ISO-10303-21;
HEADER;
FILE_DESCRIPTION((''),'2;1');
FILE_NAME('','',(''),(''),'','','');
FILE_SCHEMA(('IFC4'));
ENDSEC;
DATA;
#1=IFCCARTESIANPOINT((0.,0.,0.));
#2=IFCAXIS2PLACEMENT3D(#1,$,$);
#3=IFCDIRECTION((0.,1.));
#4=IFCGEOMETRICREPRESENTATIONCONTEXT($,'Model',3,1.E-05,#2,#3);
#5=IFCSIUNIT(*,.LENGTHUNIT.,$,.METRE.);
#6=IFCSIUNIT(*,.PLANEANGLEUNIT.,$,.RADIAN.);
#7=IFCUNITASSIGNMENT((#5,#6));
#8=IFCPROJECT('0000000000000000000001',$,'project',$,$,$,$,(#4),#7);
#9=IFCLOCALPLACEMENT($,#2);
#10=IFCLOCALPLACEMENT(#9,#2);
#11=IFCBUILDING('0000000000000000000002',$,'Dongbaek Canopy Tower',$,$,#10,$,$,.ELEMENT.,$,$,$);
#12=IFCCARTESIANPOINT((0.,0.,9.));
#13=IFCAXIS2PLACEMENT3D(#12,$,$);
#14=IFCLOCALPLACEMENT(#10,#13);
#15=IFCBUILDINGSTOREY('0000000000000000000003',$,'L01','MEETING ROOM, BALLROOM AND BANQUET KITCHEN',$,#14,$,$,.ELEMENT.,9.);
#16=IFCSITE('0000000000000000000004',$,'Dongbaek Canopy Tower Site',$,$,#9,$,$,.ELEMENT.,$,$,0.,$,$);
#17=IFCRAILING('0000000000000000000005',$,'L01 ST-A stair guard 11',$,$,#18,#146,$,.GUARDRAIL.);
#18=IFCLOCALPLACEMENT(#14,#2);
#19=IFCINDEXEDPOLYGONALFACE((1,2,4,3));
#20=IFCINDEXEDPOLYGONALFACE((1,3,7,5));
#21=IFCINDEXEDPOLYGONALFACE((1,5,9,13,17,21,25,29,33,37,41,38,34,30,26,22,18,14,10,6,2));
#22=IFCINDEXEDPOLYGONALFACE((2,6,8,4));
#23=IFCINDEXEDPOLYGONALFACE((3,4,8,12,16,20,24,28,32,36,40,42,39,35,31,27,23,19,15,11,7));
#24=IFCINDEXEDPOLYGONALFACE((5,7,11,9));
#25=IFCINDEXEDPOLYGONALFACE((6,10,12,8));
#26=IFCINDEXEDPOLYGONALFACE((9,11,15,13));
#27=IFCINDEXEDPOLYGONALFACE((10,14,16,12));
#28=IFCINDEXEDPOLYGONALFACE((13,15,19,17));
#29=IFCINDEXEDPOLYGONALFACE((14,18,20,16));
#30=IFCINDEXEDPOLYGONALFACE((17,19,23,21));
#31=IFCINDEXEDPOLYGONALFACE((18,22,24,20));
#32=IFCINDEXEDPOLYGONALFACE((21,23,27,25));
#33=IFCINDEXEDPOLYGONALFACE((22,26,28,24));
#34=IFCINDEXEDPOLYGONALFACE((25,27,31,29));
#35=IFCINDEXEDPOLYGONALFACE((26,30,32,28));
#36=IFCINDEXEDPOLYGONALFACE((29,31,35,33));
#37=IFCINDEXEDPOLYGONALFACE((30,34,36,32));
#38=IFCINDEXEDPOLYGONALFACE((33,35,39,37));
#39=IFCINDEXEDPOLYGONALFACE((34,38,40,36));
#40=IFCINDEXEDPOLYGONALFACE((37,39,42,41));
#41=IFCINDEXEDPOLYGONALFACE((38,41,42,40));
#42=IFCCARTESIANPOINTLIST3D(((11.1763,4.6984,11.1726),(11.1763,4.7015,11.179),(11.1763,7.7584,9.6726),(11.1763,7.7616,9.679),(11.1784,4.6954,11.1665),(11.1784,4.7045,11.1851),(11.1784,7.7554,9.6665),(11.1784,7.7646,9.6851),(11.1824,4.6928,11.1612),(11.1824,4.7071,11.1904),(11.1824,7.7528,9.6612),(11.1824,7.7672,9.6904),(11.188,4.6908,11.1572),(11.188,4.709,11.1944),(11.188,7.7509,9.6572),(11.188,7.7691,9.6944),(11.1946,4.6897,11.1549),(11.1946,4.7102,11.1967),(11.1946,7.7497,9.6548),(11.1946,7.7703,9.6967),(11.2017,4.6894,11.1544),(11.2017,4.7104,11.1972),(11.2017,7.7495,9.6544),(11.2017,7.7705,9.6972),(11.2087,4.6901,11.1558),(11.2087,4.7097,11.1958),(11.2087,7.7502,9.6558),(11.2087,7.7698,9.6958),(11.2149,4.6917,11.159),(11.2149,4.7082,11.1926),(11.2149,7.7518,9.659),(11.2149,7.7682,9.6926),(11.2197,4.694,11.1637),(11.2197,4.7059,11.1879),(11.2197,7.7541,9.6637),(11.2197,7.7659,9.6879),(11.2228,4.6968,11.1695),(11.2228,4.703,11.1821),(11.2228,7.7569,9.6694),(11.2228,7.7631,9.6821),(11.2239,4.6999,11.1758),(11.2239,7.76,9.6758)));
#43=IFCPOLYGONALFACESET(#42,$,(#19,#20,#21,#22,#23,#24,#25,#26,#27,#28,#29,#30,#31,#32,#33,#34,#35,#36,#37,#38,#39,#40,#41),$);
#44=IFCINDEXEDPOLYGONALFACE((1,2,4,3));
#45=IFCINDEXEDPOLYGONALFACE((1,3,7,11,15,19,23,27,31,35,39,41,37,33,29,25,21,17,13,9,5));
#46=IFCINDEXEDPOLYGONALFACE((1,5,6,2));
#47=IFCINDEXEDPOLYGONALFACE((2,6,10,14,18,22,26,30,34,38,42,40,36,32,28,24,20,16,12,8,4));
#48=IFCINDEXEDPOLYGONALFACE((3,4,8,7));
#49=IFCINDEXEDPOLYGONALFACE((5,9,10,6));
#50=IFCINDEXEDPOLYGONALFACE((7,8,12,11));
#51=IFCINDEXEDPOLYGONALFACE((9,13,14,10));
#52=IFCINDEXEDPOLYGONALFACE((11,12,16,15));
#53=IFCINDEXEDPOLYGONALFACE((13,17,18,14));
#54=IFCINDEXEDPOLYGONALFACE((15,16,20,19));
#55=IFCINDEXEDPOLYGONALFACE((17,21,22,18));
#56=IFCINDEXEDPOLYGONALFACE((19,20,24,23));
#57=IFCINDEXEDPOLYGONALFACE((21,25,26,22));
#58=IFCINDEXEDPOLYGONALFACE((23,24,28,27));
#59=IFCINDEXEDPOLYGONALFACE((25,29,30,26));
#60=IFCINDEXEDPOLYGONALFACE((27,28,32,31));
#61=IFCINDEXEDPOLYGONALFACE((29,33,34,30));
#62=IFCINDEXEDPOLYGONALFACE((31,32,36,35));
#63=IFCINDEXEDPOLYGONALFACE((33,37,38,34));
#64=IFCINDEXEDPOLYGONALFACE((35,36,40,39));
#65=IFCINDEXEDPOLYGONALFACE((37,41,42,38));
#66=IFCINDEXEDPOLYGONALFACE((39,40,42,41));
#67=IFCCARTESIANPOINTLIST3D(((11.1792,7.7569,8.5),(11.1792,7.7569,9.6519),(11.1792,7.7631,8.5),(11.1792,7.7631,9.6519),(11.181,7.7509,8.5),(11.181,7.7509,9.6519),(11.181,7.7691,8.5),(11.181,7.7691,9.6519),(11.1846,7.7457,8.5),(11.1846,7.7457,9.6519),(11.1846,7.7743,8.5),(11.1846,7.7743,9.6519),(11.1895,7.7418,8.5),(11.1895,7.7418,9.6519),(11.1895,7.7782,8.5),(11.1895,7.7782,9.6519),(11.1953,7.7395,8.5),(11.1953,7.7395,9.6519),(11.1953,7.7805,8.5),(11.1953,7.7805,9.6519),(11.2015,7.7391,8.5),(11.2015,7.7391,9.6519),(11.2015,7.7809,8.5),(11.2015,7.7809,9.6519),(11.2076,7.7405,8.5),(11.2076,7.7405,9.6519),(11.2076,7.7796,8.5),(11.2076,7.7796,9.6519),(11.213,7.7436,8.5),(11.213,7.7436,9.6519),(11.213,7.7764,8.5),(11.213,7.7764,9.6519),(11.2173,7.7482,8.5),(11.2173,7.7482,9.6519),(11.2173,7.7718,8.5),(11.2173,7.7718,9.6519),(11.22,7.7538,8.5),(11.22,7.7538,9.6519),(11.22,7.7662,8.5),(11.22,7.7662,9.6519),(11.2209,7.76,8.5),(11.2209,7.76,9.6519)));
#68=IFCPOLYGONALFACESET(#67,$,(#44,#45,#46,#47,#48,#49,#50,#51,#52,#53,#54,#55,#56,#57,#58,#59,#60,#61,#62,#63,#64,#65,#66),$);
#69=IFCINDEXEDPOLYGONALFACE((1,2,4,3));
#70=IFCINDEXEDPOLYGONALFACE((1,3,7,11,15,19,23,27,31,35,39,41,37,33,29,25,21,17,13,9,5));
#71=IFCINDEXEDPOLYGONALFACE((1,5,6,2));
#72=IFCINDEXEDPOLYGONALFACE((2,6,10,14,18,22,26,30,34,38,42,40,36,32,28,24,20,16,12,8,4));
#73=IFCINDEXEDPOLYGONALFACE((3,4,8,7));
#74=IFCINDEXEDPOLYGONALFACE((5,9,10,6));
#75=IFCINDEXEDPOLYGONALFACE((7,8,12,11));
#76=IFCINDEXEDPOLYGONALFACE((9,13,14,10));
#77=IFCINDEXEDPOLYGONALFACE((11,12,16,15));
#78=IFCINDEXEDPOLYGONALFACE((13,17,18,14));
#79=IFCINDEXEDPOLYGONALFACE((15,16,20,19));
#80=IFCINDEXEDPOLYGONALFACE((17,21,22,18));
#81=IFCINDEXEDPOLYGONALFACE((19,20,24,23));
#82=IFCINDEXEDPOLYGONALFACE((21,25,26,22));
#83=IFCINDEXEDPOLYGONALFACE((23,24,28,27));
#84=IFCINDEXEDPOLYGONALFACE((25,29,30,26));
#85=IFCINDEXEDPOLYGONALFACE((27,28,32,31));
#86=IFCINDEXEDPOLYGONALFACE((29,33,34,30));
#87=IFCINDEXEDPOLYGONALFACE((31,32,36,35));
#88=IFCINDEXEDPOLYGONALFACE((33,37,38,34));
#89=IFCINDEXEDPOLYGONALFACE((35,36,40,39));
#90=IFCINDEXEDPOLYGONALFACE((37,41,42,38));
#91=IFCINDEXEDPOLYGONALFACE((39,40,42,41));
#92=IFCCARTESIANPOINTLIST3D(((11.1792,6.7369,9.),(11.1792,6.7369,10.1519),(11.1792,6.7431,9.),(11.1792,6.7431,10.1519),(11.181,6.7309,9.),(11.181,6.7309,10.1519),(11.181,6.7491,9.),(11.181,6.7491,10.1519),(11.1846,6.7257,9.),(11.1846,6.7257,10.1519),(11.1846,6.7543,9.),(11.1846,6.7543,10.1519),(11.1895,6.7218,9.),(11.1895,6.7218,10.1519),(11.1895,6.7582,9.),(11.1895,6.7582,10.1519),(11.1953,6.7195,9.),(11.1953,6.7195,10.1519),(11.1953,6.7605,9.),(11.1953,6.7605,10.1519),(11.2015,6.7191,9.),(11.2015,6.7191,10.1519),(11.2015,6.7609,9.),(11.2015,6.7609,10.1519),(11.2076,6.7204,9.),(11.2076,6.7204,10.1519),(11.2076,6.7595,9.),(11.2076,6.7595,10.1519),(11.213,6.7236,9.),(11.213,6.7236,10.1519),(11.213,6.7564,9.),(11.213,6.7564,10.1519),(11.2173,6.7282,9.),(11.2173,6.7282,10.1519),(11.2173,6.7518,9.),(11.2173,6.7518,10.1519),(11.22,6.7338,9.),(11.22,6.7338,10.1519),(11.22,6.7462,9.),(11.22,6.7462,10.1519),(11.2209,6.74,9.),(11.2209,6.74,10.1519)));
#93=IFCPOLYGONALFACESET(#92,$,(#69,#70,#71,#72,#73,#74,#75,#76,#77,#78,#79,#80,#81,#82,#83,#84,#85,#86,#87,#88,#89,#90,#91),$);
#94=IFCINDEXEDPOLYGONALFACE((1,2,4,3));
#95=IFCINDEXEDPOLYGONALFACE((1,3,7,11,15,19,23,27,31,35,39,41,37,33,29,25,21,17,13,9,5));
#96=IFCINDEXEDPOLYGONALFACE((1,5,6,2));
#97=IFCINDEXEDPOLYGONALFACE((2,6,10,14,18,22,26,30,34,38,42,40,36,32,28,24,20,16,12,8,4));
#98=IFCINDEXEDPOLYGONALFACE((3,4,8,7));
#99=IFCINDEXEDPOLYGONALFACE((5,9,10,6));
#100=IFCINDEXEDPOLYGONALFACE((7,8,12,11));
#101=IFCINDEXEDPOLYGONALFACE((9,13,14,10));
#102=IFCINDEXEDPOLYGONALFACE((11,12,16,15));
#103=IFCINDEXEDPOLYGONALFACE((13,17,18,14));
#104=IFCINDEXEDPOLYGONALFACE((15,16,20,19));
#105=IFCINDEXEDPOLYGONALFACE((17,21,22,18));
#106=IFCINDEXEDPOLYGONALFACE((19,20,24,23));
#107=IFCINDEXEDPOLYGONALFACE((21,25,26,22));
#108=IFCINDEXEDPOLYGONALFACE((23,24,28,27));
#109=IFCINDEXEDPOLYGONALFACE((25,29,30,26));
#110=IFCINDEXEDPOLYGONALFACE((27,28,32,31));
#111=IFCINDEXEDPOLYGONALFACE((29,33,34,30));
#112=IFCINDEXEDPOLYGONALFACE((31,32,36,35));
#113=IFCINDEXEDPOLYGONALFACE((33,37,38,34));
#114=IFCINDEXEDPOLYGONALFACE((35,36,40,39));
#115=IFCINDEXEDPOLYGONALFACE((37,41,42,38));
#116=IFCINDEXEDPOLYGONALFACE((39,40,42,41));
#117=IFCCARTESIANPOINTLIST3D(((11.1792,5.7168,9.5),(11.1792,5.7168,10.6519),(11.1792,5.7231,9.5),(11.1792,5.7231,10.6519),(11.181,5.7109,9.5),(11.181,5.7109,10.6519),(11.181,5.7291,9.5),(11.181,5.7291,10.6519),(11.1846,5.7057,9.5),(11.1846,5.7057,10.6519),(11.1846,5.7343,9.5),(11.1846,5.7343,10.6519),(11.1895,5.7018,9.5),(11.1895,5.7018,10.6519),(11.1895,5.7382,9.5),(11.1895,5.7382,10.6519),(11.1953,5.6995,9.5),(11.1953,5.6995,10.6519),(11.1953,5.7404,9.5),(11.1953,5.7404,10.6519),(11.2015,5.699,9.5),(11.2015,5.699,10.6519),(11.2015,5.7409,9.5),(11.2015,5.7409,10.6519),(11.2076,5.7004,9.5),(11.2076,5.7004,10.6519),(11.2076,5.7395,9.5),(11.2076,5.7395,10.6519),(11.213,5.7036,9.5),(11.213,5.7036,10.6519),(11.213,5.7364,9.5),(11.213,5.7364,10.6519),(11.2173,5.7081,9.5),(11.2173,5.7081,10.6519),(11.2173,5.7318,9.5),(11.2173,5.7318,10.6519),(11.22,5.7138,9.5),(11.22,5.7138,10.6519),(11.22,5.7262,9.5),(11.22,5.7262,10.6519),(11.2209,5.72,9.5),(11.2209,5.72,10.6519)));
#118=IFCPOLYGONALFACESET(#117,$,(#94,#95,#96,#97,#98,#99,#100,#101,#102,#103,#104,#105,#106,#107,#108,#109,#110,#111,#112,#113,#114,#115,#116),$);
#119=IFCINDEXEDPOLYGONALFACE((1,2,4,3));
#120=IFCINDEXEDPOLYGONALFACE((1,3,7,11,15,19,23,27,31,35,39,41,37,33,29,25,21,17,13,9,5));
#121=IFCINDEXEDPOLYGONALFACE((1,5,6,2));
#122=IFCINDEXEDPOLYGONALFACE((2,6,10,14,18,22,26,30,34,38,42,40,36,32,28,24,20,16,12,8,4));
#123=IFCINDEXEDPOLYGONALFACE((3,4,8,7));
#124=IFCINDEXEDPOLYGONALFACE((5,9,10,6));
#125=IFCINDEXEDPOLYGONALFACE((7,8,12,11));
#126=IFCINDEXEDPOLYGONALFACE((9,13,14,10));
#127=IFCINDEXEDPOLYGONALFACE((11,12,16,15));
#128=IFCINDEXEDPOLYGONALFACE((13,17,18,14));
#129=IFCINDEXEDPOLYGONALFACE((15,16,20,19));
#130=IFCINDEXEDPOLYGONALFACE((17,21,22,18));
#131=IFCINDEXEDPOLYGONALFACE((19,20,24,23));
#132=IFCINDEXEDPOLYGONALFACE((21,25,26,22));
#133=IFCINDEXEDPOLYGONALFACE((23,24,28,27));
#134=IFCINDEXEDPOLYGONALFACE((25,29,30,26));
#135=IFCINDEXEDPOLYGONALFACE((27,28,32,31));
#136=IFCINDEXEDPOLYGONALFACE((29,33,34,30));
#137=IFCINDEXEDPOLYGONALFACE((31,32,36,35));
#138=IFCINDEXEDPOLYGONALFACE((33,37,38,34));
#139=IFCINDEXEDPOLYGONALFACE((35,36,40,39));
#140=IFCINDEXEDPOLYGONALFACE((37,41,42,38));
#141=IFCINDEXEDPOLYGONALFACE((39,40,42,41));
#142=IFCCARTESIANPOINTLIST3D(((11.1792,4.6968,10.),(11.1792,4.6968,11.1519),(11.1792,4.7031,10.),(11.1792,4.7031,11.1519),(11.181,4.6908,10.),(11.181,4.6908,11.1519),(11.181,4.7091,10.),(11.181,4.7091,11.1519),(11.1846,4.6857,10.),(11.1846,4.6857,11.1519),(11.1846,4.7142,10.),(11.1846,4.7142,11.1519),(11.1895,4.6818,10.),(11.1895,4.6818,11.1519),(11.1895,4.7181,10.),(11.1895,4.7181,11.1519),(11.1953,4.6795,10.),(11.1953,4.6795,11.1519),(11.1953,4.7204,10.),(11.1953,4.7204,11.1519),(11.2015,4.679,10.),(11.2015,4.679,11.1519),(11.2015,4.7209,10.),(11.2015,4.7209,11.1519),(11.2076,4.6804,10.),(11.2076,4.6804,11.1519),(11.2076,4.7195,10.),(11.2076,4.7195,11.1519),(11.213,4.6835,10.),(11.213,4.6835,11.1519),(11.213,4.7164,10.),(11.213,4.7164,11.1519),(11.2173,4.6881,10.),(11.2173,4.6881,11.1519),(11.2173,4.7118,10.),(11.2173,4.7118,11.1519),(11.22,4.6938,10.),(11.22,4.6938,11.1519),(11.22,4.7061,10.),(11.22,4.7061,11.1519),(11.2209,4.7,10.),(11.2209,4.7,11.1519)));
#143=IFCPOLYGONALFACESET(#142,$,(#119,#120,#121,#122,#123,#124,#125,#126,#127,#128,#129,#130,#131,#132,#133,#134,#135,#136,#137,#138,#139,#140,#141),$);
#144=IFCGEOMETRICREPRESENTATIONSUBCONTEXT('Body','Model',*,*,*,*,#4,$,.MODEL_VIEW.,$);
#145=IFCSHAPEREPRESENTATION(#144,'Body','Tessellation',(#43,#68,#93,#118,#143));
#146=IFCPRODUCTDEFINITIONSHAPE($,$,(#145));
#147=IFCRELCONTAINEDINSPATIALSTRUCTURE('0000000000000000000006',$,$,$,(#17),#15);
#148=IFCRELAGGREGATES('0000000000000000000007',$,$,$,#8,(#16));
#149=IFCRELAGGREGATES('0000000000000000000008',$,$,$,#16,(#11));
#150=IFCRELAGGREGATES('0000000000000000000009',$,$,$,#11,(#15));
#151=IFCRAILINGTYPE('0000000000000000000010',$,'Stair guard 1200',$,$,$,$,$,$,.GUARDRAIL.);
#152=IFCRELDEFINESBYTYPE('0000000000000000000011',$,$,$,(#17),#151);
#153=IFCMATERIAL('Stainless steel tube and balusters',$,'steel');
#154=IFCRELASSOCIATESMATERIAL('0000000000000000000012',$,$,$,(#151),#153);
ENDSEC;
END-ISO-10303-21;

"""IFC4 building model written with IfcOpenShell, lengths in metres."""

from ifc_helpers import new_model, si_unit, direction, frame, origin, origin_2d, place, context, subcontext, project, spatial, circle, extrude, material, type_object, element, save


model = new_model("IFC4")

# Units and contexts
model_context = context("Model", 3, precision=1e-05, world=origin(), true_north=direction((0.0, 1.0)))
body_context = subcontext(model_context, "Body", "Model", "MODEL_VIEW")
ifc_project = project(units=[si_unit("LENGTHUNIT", "METRE"), si_unit("PLANEANGLEUNIT", "RADIAN")], contexts=[model_context])

# Site, building, storey
site_placement = place(None, origin())
site = spatial("IfcSite", under=ifc_project, at=site_placement, Name="Dongbaek Canopy Tower Site", CompositionType="ELEMENT", RefElevation=0.0)
building_placement = place(site_placement, origin())
building = spatial("IfcBuilding", under=site, at=building_placement, Name="Dongbaek Canopy Tower", CompositionType="ELEMENT")
storey_placement = place(building_placement, frame((0.0, 0.0, 9.0)))
storey = spatial("IfcBuildingStorey", under=building, at=storey_placement, Name="L01", Description="MEETING ROOM, BALLROOM AND BANQUET KITCHEN", CompositionType="ELEMENT", Elevation=9.0)

# Railing
ifc_material_1 = material(Name="Stainless steel tube and balusters", Category="steel")
railing_type = type_object("IfcRailingType", Name="Stair guard 1200", PredefinedType="GUARDRAIL", material=ifc_material_1)
railing_1_placement = place(storey_placement, frame((11.2, 7.76, 8.5)))
element("IfcRailing", 1, at=railing_1_placement, inside=storey, type_object=railing_type, Name="L01 ST-A stair guard 11", PredefinedType="GUARDRAIL", context=body_context, shape_type="SweptSolid", body=[
    extrude(circle(Radius=0.0239, at=origin_2d()), frame((0.0, 0.0, 1.1758), z_axis=(0.0, -0.897924, 0.44015), x_axis=(1.0, 0.0, 0.0)), (0.0, 0.0, 1.0), 3.408),
    extrude(circle(Radius=0.021, at=origin_2d()), origin(), (0.0, 0.0, 1.0), 1.1519),
    extrude(circle(Radius=0.021, at=origin_2d()), frame((0.0, -1.02, 0.5)), (0.0, 0.0, 1.0), 1.1519),
    extrude(circle(Radius=0.021, at=origin_2d()), frame((0.0, -2.04, 1.0)), (0.0, 0.0, 1.0), 1.1519),
    extrude(circle(Radius=0.021, at=origin_2d()), frame((0.0, -3.0601, 1.5)), (0.0, 0.0, 1.0), 1.1519),
])

save(model, "model.ifc")
